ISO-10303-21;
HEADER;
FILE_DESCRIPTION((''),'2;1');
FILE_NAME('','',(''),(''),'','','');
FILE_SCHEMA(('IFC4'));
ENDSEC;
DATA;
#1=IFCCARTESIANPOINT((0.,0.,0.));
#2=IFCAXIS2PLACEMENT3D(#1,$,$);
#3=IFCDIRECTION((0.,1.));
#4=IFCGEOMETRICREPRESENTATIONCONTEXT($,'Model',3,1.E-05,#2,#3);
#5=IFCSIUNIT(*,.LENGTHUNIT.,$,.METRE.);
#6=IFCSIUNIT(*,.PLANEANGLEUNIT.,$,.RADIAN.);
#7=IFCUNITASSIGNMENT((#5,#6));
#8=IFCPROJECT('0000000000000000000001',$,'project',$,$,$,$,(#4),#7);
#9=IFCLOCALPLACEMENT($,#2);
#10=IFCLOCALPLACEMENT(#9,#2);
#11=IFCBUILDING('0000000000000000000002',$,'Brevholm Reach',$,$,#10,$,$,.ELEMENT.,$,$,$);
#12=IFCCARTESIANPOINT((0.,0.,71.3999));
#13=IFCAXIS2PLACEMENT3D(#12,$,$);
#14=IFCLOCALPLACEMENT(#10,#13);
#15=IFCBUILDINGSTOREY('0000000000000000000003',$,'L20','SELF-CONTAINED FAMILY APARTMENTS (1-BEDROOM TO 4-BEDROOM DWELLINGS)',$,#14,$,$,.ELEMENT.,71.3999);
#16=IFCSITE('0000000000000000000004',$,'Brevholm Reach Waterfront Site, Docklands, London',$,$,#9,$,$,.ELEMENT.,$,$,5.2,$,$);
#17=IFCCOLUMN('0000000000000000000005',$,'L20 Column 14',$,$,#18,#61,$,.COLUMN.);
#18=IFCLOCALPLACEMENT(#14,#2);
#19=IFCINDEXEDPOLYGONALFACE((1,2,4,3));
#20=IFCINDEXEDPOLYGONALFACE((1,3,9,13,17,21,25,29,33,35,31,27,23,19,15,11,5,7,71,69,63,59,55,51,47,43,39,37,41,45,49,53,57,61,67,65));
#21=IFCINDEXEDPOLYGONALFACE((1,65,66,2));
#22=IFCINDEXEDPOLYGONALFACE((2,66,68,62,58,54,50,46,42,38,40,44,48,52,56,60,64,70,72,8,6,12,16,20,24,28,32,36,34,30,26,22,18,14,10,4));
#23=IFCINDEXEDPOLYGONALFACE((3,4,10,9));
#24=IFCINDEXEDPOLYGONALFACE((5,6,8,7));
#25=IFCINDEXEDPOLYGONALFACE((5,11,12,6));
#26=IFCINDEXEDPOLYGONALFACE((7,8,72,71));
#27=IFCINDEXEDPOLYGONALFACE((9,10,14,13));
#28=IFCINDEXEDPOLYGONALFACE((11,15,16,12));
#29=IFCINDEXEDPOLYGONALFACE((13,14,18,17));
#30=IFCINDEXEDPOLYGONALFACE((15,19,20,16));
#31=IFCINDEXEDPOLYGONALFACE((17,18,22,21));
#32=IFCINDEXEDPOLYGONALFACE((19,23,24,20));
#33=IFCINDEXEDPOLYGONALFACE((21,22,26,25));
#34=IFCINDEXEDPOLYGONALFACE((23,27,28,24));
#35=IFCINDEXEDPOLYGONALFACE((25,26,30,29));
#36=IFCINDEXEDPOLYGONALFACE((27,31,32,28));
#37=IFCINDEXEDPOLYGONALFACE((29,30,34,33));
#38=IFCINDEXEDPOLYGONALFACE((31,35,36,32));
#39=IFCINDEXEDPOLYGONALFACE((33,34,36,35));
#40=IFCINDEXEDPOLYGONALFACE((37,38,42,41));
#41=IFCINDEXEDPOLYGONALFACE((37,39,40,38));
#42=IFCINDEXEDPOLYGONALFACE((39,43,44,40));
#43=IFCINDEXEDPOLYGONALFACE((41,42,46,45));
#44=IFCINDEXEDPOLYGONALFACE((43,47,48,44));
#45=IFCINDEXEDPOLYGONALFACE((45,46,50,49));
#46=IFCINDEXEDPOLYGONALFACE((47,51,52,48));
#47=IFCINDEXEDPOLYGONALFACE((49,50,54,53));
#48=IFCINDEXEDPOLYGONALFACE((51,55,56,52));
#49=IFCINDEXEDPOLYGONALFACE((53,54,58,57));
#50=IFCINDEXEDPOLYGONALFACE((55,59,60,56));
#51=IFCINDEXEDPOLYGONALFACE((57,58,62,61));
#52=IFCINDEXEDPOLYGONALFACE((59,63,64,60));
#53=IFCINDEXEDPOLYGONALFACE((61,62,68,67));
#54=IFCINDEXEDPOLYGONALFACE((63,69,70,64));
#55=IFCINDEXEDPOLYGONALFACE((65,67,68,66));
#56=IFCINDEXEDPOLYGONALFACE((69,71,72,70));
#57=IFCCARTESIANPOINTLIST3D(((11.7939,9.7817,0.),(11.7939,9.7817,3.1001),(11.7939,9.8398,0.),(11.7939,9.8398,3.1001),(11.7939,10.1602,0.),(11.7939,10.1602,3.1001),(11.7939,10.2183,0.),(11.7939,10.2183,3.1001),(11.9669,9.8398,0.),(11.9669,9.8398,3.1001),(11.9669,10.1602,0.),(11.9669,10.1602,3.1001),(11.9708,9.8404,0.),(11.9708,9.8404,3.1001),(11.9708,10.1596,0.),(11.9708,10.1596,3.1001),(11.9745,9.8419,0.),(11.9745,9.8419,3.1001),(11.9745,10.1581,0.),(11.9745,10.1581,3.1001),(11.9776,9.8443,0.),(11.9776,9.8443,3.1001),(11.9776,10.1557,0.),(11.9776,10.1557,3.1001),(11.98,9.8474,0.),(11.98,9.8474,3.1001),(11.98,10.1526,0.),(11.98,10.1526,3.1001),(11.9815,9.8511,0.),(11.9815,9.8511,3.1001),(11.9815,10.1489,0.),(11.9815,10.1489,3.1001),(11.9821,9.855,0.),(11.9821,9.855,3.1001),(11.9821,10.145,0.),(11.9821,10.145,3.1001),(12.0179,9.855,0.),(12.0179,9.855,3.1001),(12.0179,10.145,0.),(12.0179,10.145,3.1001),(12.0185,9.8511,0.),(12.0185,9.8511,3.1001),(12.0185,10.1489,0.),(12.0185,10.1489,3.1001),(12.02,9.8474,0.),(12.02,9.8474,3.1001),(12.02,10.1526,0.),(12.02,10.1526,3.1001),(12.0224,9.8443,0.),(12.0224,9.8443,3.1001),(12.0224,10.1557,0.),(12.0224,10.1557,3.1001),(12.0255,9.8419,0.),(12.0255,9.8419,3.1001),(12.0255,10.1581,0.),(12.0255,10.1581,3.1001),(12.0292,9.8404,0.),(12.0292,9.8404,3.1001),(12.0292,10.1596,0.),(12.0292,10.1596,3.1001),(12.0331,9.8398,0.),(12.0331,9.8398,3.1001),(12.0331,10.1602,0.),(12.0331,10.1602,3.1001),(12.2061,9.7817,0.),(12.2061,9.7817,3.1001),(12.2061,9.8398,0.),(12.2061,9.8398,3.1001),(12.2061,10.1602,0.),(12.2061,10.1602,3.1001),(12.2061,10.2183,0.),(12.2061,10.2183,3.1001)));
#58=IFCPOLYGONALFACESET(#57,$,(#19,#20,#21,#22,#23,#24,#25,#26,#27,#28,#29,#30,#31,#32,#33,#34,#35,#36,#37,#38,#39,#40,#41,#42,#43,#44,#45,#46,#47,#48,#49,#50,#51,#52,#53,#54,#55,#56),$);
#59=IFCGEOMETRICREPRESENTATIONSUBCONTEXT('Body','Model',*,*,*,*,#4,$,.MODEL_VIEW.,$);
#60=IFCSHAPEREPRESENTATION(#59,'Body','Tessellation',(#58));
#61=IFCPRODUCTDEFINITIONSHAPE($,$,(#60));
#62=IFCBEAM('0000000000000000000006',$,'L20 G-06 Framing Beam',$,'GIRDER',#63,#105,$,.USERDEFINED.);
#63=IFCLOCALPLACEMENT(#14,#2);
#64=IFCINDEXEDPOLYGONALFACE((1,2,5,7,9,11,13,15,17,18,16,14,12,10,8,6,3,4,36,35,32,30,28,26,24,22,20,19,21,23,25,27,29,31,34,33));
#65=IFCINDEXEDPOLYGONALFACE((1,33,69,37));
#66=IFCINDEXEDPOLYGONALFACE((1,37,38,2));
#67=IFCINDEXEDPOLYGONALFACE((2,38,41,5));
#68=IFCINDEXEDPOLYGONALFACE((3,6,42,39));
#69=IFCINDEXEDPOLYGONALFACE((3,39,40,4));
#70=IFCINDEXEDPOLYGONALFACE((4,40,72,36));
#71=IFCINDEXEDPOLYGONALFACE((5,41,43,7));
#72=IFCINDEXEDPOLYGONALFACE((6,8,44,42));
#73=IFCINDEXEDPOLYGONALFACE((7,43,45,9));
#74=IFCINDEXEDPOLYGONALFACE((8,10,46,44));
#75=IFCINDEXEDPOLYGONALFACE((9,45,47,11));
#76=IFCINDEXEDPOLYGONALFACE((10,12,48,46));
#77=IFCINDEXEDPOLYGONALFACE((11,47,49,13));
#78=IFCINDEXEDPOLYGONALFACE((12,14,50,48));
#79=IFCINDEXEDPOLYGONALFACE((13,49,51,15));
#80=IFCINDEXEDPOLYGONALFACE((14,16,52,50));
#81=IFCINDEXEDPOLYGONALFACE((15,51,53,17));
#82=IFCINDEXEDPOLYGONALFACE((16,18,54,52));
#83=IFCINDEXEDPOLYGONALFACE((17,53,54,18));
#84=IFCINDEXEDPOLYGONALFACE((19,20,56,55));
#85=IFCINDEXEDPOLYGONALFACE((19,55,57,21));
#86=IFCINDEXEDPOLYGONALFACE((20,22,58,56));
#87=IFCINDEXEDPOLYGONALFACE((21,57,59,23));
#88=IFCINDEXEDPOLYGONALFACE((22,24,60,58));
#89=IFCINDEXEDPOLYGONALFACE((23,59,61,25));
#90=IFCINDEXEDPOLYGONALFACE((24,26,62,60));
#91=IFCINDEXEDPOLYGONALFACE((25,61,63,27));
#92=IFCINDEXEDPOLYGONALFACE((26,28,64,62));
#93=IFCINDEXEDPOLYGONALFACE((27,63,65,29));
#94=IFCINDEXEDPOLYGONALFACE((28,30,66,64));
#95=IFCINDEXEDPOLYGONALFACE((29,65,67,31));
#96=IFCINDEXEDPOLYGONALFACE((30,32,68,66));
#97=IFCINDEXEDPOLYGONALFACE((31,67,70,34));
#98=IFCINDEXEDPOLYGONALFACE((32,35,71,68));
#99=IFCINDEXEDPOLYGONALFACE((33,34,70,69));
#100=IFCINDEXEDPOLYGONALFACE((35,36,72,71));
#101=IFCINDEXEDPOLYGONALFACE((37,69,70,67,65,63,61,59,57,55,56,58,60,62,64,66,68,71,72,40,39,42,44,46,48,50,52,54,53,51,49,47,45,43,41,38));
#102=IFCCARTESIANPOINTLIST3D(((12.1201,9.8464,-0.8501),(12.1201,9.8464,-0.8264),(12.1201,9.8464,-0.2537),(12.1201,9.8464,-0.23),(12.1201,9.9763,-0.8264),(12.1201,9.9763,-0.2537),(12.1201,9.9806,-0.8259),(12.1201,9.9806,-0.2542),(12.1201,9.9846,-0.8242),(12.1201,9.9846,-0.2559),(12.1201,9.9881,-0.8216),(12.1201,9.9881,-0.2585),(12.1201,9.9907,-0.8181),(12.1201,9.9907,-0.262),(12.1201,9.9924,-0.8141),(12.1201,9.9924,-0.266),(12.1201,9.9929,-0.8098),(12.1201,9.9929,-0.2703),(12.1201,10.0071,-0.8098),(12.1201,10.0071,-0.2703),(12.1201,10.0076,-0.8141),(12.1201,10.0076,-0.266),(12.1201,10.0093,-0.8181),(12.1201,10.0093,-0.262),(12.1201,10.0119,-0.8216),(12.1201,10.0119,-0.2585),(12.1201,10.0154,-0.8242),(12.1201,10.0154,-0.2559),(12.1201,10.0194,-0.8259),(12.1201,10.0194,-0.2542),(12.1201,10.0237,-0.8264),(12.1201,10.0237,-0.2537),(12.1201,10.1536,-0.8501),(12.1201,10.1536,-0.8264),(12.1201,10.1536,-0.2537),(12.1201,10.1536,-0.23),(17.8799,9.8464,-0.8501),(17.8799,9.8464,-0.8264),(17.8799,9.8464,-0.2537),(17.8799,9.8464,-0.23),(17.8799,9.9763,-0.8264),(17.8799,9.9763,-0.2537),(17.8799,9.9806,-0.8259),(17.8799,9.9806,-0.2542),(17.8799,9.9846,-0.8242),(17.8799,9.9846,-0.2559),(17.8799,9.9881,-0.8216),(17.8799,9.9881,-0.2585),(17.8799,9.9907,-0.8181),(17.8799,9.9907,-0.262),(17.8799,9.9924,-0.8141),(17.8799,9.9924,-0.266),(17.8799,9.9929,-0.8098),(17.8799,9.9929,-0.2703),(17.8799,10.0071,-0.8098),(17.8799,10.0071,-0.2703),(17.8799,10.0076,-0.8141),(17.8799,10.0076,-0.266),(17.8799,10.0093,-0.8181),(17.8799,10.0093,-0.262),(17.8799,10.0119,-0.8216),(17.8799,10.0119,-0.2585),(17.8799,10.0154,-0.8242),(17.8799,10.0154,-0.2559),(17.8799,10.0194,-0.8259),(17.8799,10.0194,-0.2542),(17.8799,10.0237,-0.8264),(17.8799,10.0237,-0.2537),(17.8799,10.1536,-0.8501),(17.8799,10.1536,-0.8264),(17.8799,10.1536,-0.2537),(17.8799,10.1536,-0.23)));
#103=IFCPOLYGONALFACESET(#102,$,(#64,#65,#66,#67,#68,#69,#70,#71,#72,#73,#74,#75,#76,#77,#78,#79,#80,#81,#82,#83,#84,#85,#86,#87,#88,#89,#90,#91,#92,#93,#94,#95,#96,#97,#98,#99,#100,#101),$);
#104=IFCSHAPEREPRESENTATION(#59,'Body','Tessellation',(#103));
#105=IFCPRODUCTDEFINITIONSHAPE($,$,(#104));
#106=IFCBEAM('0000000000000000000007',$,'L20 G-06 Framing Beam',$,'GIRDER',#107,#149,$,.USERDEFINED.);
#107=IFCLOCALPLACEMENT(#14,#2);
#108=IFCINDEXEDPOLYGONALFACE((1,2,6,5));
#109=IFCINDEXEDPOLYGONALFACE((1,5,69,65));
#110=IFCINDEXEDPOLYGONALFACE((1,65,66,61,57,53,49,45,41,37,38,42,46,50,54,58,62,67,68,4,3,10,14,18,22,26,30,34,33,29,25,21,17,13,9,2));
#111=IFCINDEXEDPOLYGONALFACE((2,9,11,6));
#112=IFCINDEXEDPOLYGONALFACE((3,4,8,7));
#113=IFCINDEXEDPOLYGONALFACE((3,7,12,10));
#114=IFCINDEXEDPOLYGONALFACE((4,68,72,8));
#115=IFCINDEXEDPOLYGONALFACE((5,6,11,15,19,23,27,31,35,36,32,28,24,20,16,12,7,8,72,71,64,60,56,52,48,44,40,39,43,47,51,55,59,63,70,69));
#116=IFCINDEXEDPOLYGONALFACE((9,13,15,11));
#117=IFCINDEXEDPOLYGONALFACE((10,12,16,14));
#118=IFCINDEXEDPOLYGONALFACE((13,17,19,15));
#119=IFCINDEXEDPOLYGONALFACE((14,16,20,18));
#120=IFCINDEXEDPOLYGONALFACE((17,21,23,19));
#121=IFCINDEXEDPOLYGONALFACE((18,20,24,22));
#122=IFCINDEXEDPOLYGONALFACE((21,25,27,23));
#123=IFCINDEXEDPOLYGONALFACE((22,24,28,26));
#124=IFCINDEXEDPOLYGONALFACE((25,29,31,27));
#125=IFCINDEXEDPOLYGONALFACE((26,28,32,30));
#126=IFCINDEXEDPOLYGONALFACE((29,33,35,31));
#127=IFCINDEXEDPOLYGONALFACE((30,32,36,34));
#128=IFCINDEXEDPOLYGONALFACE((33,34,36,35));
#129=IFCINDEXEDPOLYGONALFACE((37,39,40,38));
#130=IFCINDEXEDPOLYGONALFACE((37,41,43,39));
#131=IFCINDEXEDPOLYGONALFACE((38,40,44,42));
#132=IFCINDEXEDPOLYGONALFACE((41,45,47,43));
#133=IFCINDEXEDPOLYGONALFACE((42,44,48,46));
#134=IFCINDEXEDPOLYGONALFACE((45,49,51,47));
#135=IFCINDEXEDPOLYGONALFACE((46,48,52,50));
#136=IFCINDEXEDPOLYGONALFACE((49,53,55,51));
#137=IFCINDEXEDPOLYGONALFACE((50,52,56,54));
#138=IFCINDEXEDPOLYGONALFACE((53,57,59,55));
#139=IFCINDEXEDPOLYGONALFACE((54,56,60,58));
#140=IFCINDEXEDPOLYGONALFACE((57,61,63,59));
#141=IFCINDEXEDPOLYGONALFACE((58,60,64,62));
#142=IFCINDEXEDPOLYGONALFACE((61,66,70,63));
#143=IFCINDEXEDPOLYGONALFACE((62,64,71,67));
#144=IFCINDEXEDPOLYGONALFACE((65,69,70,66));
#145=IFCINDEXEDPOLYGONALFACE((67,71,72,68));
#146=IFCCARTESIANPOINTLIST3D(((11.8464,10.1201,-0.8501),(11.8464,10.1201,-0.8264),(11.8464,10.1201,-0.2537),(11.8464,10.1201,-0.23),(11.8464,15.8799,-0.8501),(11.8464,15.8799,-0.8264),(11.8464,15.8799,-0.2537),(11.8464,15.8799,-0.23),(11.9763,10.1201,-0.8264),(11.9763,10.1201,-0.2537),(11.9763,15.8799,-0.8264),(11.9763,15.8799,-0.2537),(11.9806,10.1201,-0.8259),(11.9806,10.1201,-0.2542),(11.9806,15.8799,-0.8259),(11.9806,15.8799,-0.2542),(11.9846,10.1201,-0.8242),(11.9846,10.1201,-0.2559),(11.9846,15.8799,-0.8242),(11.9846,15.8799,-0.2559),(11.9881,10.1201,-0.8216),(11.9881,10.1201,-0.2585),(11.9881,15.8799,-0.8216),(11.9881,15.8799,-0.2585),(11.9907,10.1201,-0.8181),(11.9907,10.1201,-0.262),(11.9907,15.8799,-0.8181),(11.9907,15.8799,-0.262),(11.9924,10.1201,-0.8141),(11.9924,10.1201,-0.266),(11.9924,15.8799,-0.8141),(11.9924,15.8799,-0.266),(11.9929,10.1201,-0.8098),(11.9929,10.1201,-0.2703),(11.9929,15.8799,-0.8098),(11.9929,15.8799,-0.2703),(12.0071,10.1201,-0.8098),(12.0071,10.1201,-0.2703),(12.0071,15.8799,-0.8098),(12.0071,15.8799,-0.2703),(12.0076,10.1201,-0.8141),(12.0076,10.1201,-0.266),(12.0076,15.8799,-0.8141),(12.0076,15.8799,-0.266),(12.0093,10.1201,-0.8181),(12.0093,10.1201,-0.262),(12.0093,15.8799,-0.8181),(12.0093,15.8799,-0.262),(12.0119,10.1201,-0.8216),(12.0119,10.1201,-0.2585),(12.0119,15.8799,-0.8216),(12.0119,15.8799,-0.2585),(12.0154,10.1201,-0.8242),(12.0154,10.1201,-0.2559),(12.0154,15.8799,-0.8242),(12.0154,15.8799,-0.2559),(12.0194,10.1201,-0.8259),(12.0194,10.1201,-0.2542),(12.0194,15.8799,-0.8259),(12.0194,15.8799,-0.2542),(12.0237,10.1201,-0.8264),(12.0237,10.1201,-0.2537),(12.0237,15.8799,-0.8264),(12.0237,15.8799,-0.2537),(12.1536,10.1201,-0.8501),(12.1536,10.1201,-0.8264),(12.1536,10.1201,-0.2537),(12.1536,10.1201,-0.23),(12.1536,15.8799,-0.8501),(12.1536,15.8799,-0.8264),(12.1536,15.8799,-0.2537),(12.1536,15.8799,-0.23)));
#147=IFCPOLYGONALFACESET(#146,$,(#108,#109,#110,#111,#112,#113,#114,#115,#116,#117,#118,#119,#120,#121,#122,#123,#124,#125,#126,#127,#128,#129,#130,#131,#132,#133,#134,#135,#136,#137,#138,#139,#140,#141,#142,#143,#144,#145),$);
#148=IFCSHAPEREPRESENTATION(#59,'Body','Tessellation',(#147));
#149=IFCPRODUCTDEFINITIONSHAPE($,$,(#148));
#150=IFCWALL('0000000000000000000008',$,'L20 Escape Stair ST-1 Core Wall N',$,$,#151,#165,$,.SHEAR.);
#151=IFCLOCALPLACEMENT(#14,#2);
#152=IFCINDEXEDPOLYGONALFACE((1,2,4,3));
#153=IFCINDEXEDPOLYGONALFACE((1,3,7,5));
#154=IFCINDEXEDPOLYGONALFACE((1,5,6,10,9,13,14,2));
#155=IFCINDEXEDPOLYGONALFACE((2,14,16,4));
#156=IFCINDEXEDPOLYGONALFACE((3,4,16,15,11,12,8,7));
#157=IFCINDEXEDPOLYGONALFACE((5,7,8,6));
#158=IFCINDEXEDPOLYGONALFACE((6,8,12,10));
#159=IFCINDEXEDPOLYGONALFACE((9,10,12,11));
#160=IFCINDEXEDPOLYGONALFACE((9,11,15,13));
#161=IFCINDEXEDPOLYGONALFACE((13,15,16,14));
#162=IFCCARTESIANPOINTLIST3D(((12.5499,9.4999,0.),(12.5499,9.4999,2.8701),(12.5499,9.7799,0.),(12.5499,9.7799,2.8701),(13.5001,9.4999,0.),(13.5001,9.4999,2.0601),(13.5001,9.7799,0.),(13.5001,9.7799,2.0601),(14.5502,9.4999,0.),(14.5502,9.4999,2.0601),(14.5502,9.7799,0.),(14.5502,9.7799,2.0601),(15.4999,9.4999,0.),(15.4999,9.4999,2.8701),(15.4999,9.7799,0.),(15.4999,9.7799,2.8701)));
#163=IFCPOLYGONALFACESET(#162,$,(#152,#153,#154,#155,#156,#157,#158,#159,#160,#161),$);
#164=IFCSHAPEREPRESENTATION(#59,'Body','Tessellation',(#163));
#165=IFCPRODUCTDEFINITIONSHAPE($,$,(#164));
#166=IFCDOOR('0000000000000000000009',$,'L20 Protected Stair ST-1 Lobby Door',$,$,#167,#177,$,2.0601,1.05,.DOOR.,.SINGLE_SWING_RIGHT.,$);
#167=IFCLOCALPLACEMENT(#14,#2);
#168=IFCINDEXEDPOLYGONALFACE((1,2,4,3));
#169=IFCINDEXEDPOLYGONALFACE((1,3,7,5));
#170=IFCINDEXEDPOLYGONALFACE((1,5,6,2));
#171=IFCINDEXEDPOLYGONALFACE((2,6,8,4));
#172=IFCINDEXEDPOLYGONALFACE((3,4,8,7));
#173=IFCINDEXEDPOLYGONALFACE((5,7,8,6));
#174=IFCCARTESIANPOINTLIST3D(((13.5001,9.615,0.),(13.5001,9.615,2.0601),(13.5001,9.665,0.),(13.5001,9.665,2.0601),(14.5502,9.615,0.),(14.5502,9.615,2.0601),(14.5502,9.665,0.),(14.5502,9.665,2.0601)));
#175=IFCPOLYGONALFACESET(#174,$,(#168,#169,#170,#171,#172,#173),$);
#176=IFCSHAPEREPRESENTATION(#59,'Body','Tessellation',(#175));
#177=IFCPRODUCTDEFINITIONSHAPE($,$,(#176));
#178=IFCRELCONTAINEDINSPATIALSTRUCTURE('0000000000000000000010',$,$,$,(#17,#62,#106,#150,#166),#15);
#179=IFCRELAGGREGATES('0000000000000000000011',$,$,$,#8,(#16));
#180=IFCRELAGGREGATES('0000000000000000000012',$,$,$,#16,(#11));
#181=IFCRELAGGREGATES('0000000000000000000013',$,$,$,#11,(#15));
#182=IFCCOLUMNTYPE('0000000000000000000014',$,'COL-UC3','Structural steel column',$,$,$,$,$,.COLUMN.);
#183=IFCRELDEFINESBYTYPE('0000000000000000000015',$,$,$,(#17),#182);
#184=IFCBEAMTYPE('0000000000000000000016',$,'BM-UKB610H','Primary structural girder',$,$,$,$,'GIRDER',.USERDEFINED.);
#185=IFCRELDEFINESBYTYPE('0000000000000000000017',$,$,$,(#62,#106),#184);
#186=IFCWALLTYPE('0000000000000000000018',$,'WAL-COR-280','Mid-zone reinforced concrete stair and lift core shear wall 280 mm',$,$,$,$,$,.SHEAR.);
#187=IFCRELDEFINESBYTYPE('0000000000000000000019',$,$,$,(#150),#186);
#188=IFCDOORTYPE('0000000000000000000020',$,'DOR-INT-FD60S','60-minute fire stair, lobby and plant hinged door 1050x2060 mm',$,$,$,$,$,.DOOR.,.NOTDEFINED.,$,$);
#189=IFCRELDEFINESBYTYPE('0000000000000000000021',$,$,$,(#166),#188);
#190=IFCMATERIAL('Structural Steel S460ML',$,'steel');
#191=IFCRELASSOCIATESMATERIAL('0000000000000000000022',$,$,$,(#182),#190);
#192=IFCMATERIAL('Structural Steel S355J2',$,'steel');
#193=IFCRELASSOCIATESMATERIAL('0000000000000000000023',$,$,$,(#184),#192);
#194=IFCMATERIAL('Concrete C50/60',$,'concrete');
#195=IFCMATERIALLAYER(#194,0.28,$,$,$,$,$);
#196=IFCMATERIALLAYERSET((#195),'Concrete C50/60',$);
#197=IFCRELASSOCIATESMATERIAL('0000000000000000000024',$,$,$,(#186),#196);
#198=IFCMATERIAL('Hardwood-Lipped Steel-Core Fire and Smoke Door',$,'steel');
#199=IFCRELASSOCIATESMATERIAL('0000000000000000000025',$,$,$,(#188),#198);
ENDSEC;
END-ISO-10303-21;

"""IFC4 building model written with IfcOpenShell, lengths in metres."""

from ifc_helpers import new_model, si_unit, direction, frame, frame_2d, origin, origin_2d, place, context, subcontext, project, spatial, rectangle, i_section, extrude, material, layer, layer_set, material_profile, profile_set, type_object, element, fill, save


model = new_model("IFC4")

# Units and contexts
model_context = context("Model", 3, precision=1e-05, world=origin(), true_north=direction((0.0, 1.0)))
body_context = subcontext(model_context, "Body", "Model", "MODEL_VIEW")
ifc_project = project(units=[si_unit("LENGTHUNIT", "METRE"), si_unit("PLANEANGLEUNIT", "RADIAN")], contexts=[model_context])

# Site, building, storey
site_placement = place(None, origin())
site = spatial("IfcSite", under=ifc_project, at=site_placement, Name="Brevholm Reach Waterfront Site, Docklands, London", CompositionType="ELEMENT", RefElevation=5.2)
building_placement = place(site_placement, origin())
building = spatial("IfcBuilding", under=site, at=building_placement, Name="Brevholm Reach", CompositionType="ELEMENT")
storey_placement = place(building_placement, frame((0.0, 0.0, 71.3999)))
storey = spatial("IfcBuildingStorey", under=building, at=storey_placement, Name="L20", Description="SELF-CONTAINED FAMILY APARTMENTS (1-BEDROOM TO 4-BEDROOM DWELLINGS)", CompositionType="ELEMENT", Elevation=71.3999)

# Column
ifc_material_1 = material(Name="Structural Steel S460ML", Category="steel")
ifc_material_profile_1 = material_profile(ifc_material_1, i_section(OverallWidth=0.4121, OverallDepth=0.4365, WebThickness=0.0359, FlangeThickness=0.0581, FilletRadius=0.0151, at=origin_2d()), Name="UKC 356x406x467")
ifc_profile_set_1 = profile_set([ifc_material_profile_1], Name="Structural Steel S460ML")
column_type = type_object("IfcColumnType", Name="COL-UC3", Description="Structural steel column", PredefinedType="COLUMN", material=ifc_profile_set_1)
column_placement = place(storey_placement, frame((12.0, 10.0, 0.0), z_axis=(0.0, 0.0, 1.0), x_axis=(1.0, 0.0, 0.0)))
element("IfcColumn", 1, at=column_placement, inside=storey, type_object=column_type, Name="L20 Column 14", PredefinedType="COLUMN", context=body_context, shape_type="SweptSolid", body=[
    extrude(i_section(OverallWidth=0.4121, OverallDepth=0.4365, WebThickness=0.0359, FlangeThickness=0.0581, FilletRadius=0.0151, at=origin_2d()), origin(), (0.0, 0.0, 1.0), 3.1001),
])

# Beams
ifc_material_2 = material(Name="Structural Steel S355J2", Category="steel")
ifc_material_profile_2 = material_profile(ifc_material_2, i_section(OverallWidth=0.3071, OverallDepth=0.6201, WebThickness=0.0142, FlangeThickness=0.0237, FilletRadius=0.0166, at=origin_2d()), Name="UKB 610x305x179")
ifc_profile_set_2 = profile_set([ifc_material_profile_2], Name="Structural Steel S355J2")
beam_type = type_object("IfcBeamType", Name="BM-UKB610H", Description="Primary structural girder", ElementType="GIRDER", PredefinedType="USERDEFINED", material=ifc_profile_set_2)
for number, where, z_axis, x_axis, name in (
    (2, (12.1201, 10.0, -0.54), (1.0, 0.0, 0.0), (0.0, 1.0, 0.0), "L20 G-06 Framing Beam"),
    (3, (12.0, 10.1201, -0.54), (0.0, 1.0, 0.0), (-1.0, 0.0, 0.0), "L20 G-06 Framing Beam"),
):
    element("IfcBeam", number, at=place(storey_placement, frame(where, z_axis=z_axis, x_axis=x_axis)), inside=storey, type_object=beam_type, Name=name, ObjectType="GIRDER", PredefinedType="USERDEFINED", context=body_context, shape_type="SweptSolid", body=[
        extrude(i_section(OverallWidth=0.3071, OverallDepth=0.6201, WebThickness=0.0142, FlangeThickness=0.0237, FilletRadius=0.0166, at=origin_2d()), origin(), (0.0, 0.0, 1.0), 5.7598),
    ])

# Wall, opening, door
ifc_material_3 = material(Name="Concrete C50/60", Category="concrete")
ifc_layer_1 = layer(ifc_material_3, 0.28)
ifc_layer_set_1 = layer_set([ifc_layer_1], Name="Concrete C50/60")
wall_type_1 = type_object("IfcWallType", Name="WAL-COR-280", Description="Mid-zone reinforced concrete stair and lift core shear wall 280 mm", PredefinedType="SHEAR", material=ifc_layer_set_1)
wall_1_placement = place(storey_placement, frame((15.5, 9.6399, 0.0), z_axis=(0.0, 0.0, 1.0), x_axis=(-1.0, 0.0, 0.0)))
wall_1 = element("IfcWall", 4, at=wall_1_placement, inside=storey, type_object=wall_type_1, Name="L20 Escape Stair ST-1 Core Wall N", PredefinedType="SHEAR", context=body_context, shape_type="SweptSolid", body=[
    extrude(rectangle(XDim=2.95, YDim=0.28, at=frame_2d((1.4751, 0.0))), origin(), (0.0, 0.0, 1.0), 2.8701),
])
opening_1_placement = place(wall_1_placement, frame((0.95, 0.0, 0.0)))
opening_1 = element("IfcOpeningElement", 5, at=opening_1_placement, cuts=wall_1, PredefinedType="OPENING", context=body_context, shape_type="SweptSolid", body=[
    extrude(rectangle(XDim=1.05, YDim=2.0601, at=frame_2d((0.5249, 1.03))), frame((0.0, 0.1499, 0.0), z_axis=(0.0, -1.0, 0.0), x_axis=(1.0, 0.0, 0.0)), (0.0, 0.0, 1.0), 0.3),
])
ifc_material_4 = material(Name="Hardwood-Lipped Steel-Core Fire and Smoke Door", Category="steel")
door_type_1 = type_object("IfcDoorType", Name="DOR-INT-FD60S", Description="60-minute fire stair, lobby and plant hinged door 1050x2060 mm", OperationType="NOTDEFINED", PredefinedType="DOOR", material=ifc_material_4)
door_1_placement = place(opening_1_placement, origin())
door_1 = element("IfcDoor", 6, at=door_1_placement, inside=storey, type_object=door_type_1, Name="L20 Protected Stair ST-1 Lobby Door", OperationType="SINGLE_SWING_RIGHT", OverallHeight=2.0601, OverallWidth=1.05, PredefinedType="DOOR", context=body_context, shape_type="SweptSolid", body=[
    extrude(rectangle(XDim=1.05, YDim=2.0601, at=frame_2d((0.5249, 1.03))), frame((0.0, 0.0249, 0.0), z_axis=(0.0, -1.0, 0.0), x_axis=(1.0, 0.0, 0.0)), (0.0, 0.0, 1.0), 0.05),
])
fill(opening_1, door_1)

save(model, "model.ifc")
